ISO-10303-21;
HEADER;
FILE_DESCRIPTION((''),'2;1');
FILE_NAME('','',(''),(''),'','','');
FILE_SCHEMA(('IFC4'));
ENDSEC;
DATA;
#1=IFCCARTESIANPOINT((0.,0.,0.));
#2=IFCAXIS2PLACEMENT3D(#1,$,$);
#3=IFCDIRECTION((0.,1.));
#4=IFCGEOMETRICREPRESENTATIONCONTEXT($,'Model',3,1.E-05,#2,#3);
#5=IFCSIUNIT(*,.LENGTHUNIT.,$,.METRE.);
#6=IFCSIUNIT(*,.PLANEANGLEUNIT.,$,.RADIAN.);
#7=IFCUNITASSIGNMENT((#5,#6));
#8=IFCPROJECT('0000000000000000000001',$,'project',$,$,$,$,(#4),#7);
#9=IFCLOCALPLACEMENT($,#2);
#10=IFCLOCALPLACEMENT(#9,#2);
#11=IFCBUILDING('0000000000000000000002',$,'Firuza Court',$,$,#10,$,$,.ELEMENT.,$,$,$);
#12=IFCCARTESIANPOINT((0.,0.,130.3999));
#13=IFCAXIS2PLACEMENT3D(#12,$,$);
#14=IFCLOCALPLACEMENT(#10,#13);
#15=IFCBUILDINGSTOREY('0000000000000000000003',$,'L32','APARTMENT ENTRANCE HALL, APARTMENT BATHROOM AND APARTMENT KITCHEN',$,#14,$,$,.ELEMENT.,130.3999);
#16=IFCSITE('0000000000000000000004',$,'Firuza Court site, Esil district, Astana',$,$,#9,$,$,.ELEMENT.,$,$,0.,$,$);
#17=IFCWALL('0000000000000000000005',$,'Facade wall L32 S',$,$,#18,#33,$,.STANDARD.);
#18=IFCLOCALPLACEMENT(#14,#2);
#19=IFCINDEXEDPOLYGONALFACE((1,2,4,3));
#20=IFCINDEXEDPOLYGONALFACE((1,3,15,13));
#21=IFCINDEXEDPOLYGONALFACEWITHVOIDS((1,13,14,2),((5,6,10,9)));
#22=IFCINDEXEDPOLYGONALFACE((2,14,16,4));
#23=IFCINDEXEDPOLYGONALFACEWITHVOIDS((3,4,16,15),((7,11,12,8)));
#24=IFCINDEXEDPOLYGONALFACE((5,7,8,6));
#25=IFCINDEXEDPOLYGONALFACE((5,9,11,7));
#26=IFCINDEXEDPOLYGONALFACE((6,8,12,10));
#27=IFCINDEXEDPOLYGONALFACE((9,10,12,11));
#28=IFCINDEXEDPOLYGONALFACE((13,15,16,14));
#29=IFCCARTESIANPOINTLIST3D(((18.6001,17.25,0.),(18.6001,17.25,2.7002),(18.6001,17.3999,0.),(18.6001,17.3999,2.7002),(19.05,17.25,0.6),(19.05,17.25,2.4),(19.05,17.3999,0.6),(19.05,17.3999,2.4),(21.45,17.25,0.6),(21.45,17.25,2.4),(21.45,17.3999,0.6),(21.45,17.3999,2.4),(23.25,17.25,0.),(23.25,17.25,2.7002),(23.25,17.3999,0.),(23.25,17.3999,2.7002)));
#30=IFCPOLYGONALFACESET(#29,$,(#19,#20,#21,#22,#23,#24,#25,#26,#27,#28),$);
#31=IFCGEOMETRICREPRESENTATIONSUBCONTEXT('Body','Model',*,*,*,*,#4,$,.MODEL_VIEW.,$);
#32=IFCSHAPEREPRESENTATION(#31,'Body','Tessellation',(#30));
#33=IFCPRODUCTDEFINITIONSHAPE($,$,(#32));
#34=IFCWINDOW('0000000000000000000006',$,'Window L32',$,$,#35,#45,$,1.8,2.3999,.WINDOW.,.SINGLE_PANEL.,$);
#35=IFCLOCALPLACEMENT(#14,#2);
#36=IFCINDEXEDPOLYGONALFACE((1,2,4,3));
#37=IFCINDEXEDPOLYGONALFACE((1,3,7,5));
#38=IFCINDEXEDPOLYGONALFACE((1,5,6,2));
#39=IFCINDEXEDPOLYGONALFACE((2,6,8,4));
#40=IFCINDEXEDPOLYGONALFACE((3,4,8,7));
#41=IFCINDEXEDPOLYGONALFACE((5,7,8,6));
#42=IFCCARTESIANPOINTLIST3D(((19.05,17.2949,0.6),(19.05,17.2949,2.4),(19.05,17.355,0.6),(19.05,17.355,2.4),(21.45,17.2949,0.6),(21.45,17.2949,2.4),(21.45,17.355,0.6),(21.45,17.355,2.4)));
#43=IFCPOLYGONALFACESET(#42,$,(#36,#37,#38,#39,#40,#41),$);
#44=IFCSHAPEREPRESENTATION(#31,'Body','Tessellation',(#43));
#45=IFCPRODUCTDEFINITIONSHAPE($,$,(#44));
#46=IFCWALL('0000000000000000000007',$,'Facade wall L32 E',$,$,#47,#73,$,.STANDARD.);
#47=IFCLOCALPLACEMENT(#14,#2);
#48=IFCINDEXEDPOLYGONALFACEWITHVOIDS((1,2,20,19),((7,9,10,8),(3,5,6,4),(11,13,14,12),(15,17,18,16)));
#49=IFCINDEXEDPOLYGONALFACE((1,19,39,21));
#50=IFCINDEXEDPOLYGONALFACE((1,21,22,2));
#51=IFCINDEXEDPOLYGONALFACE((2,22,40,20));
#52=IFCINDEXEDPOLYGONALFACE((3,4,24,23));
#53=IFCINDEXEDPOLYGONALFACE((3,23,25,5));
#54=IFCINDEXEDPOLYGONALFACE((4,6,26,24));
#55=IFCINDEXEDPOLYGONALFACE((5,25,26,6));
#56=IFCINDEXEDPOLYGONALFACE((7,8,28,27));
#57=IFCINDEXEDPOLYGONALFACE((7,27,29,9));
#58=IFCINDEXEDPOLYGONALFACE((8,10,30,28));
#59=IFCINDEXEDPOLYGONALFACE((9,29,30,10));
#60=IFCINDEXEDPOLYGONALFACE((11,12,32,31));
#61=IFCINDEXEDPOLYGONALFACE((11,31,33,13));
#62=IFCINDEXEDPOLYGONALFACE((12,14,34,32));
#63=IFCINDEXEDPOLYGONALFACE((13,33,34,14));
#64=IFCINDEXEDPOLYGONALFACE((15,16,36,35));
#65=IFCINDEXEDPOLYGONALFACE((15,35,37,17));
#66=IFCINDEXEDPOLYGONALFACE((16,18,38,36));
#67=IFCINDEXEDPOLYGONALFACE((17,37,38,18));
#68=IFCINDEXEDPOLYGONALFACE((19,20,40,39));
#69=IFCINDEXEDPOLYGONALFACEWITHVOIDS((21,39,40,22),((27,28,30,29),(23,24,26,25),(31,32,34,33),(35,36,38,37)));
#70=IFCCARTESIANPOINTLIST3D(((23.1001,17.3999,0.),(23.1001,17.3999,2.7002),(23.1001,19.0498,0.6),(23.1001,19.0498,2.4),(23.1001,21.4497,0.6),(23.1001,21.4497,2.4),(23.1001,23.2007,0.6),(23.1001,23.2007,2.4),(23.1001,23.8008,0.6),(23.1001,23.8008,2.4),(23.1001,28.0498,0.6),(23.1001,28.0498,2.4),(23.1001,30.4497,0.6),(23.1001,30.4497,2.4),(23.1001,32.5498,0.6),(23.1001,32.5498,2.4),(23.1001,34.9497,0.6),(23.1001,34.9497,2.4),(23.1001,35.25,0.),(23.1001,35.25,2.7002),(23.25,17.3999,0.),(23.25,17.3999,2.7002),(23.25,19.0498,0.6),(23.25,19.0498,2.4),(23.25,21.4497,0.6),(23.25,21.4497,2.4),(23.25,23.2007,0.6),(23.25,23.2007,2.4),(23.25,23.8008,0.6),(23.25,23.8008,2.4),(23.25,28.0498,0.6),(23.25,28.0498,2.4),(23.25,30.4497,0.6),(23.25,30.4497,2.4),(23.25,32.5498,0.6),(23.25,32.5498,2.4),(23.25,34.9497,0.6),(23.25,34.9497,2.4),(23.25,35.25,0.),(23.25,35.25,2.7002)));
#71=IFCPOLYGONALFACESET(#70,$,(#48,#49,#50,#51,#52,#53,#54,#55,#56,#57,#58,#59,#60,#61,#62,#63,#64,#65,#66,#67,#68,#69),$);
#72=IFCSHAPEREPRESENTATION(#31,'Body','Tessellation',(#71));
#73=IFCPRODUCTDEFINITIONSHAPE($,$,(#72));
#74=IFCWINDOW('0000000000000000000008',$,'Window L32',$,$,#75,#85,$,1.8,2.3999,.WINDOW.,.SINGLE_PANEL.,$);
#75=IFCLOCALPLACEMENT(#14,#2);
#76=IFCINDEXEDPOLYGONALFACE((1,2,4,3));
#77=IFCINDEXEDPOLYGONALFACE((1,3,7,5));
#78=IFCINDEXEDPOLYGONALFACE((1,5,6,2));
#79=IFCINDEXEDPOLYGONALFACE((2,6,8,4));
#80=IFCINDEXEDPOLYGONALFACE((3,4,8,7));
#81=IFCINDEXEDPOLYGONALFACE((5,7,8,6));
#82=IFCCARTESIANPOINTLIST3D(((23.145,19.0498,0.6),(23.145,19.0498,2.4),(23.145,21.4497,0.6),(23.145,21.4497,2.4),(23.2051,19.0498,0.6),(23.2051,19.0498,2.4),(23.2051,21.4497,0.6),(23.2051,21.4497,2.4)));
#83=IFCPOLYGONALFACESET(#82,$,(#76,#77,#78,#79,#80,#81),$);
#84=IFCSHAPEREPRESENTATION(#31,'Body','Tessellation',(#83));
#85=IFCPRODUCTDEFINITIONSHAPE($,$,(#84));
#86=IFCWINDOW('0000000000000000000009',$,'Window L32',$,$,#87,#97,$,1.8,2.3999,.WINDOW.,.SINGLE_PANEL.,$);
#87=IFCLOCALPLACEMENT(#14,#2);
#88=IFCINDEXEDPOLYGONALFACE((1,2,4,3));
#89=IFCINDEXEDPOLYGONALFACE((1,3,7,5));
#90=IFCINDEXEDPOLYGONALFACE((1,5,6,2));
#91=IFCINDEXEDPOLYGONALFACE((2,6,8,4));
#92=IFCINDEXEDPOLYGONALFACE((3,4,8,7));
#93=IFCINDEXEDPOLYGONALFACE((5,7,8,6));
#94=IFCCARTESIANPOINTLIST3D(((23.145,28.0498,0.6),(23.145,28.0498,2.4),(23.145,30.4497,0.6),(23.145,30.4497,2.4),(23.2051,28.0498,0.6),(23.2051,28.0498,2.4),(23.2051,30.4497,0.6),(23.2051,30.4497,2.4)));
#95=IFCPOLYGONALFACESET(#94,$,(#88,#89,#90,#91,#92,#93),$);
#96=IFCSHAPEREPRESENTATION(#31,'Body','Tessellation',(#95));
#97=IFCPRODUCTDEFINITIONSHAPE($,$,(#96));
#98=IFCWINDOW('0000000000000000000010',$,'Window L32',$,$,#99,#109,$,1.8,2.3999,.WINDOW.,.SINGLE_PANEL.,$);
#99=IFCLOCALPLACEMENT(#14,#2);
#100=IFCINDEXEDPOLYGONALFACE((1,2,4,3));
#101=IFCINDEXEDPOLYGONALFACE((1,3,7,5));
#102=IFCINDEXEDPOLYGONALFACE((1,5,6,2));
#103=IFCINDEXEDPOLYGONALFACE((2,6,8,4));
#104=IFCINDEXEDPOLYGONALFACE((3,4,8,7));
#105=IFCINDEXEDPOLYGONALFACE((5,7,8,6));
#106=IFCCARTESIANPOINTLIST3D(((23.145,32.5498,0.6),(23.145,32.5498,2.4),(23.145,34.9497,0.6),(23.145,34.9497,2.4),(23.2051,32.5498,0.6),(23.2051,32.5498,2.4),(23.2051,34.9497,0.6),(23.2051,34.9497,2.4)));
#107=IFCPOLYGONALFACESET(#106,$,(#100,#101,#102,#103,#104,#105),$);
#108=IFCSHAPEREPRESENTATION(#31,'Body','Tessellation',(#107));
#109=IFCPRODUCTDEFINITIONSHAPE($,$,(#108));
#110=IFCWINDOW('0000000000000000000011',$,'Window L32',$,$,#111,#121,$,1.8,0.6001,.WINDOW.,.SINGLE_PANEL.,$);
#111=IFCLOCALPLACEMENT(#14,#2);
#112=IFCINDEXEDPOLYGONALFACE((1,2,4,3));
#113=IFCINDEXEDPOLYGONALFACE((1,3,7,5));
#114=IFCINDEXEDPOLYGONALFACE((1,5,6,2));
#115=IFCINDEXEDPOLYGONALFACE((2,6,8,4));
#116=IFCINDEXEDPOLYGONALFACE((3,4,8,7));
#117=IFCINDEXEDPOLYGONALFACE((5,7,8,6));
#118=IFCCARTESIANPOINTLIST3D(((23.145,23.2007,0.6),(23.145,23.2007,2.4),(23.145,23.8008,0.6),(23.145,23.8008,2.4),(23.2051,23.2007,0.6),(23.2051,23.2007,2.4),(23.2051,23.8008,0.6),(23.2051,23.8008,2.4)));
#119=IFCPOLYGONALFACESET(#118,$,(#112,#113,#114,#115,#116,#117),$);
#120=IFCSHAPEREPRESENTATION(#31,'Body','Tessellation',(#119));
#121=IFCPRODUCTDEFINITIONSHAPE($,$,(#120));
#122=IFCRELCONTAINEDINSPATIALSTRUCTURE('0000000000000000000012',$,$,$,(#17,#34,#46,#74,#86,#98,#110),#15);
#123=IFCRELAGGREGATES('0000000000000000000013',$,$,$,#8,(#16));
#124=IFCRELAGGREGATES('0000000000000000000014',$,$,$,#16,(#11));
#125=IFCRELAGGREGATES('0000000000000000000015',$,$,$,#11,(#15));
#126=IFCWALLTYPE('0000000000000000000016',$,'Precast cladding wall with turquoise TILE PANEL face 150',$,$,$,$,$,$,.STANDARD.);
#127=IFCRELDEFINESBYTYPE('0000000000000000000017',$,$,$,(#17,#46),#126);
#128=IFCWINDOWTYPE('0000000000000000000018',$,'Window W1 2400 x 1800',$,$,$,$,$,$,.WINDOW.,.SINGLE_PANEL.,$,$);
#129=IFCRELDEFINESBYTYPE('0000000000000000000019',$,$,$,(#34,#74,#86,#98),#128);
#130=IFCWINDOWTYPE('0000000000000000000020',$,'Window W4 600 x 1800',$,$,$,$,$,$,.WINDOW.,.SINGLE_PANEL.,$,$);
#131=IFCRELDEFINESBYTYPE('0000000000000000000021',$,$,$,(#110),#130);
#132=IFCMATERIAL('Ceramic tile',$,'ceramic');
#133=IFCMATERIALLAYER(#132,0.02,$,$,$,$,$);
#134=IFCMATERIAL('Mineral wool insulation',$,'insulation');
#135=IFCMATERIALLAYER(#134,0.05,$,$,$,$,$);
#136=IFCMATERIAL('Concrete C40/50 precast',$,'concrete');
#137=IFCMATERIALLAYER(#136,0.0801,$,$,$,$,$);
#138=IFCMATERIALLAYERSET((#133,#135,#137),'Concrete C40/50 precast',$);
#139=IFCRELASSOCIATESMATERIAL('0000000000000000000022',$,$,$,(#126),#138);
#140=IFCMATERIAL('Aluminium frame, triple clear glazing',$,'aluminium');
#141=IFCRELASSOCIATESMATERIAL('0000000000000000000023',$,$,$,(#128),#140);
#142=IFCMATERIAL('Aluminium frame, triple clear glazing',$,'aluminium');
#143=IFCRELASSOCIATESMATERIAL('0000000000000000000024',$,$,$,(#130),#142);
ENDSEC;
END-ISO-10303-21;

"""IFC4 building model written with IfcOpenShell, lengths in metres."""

from ifc_helpers import new_model, si_unit, direction, frame, frame_2d, origin, place, context, subcontext, project, spatial, rectangle, extrude, material, layer, layer_set, type_object, element, fill, save


model = new_model("IFC4")

# Units and contexts
model_context = context("Model", 3, precision=1e-05, world=origin(), true_north=direction((0.0, 1.0)))
body_context = subcontext(model_context, "Body", "Model", "MODEL_VIEW")
ifc_project = project(units=[si_unit("LENGTHUNIT", "METRE"), si_unit("PLANEANGLEUNIT", "RADIAN")], contexts=[model_context])

# Site, building, storey
site_placement = place(None, origin())
site = spatial("IfcSite", under=ifc_project, at=site_placement, Name="Firuza Court site, Esil district, Astana", CompositionType="ELEMENT", RefElevation=0.0)
building_placement = place(site_placement, origin())
building = spatial("IfcBuilding", under=site, at=building_placement, Name="Firuza Court", CompositionType="ELEMENT")
storey_placement = place(building_placement, frame((0.0, 0.0, 130.3999)))
storey = spatial("IfcBuildingStorey", under=building, at=storey_placement, Name="L32", Description="APARTMENT ENTRANCE HALL, APARTMENT BATHROOM AND APARTMENT KITCHEN", CompositionType="ELEMENT", Elevation=130.3999)

# Shared definitions
ifc_material_1 = material(Name="Ceramic tile", Category="ceramic")
ifc_layer_1 = layer(ifc_material_1, 0.02)
ifc_material_2 = material(Name="Mineral wool insulation", Category="insulation")
ifc_layer_2 = layer(ifc_material_2, 0.05)
ifc_material_3 = material(Name="Concrete C40/50 precast", Category="concrete")
ifc_layer_3 = layer(ifc_material_3, 0.0801)
ifc_layer_set_1 = layer_set([ifc_layer_1, ifc_layer_2, ifc_layer_3], Name="Concrete C40/50 precast")
wall_type_1 = type_object("IfcWallType", Name="Precast cladding wall with turquoise TILE PANEL face 150", PredefinedType="STANDARD", material=ifc_layer_set_1)
ifc_material_4 = material(Name="Aluminium frame, triple clear glazing", Category="aluminium")
window_type_1 = type_object("IfcWindowType", Name="Window W1 2400 x 1800", PartitioningType="SINGLE_PANEL", PredefinedType="WINDOW", material=ifc_material_4)

# Wall, opening, window
wall_1_placement = place(storey_placement, frame((18.6001, 17.325, 0.0), z_axis=(0.0, 0.0, 1.0), x_axis=(1.0, 0.0, 0.0)))
wall_1 = element("IfcWall", 1, at=wall_1_placement, inside=storey, type_object=wall_type_1, Name="Facade wall L32 S", PredefinedType="STANDARD", context=body_context, shape_type="SweptSolid", body=[
    extrude(rectangle(XDim=4.6499, YDim=0.1499, at=frame_2d((2.325, 0.0))), origin(), (0.0, 0.0, 1.0), 2.7002),
])
opening_1_placement = place(wall_1_placement, frame((0.45, 0.0, 0.6001)))
opening_1 = element("IfcOpeningElement", 2, at=opening_1_placement, cuts=wall_1, PredefinedType="OPENING", context=body_context, shape_type="SweptSolid", body=[
    extrude(rectangle(XDim=2.3999, YDim=1.8, at=frame_2d((1.2, 0.8999))), frame((0.0, 0.0869, 0.0), z_axis=(0.0, -1.0, 0.0), x_axis=(1.0, 0.0, 0.0)), (0.0, 0.0, 1.0), 0.1738),
])
window_1_placement = place(opening_1_placement, origin())
window_1 = element("IfcWindow", 3, at=window_1_placement, inside=storey, type_object=window_type_1, Name="Window L32", OverallHeight=1.8, OverallWidth=2.3999, PartitioningType="SINGLE_PANEL", PredefinedType="WINDOW", context=body_context, shape_type="SweptSolid", body=[
    extrude(rectangle(XDim=2.3999, YDim=1.8, at=frame_2d((1.2, 0.8999))), frame((0.0, 0.03, 0.0), z_axis=(0.0, -1.0, 0.0), x_axis=(1.0, 0.0, 0.0)), (0.0, 0.0, 1.0), 0.0601),
])
fill(opening_1, window_1)

# Wall, openings, windows
wall_2_placement = place(storey_placement, frame((23.175, 17.3999, 0.0), z_axis=(0.0, 0.0, 1.0), x_axis=(0.0, 1.0, 0.0)))
wall_2 = element("IfcWall", 4, at=wall_2_placement, inside=storey, type_object=wall_type_1, Name="Facade wall L32 E", PredefinedType="STANDARD", context=body_context, shape_type="SweptSolid", body=[
    extrude(rectangle(XDim=17.8501, YDim=0.1499, at=frame_2d((8.925, 0.0))), origin(), (0.0, 0.0, 1.0), 2.7002),
])
opening_2_placement = place(wall_2_placement, frame((1.6499, 0.0, 0.6001)))
opening_2 = element("IfcOpeningElement", 5, at=opening_2_placement, cuts=wall_2, PredefinedType="OPENING", context=body_context, shape_type="SweptSolid", body=[
    extrude(rectangle(XDim=2.3999, YDim=1.8, at=frame_2d((1.2, 0.8999))), frame((0.0, 0.0869, 0.0), z_axis=(0.0, -1.0, 0.0), x_axis=(1.0, 0.0, 0.0)), (0.0, 0.0, 1.0), 0.1738),
])
opening_3_placement = place(wall_2_placement, frame((5.8008, 0.0, 0.6001)))
opening_3 = element("IfcOpeningElement", 6, at=opening_3_placement, cuts=wall_2, PredefinedType="OPENING", context=body_context, shape_type="SweptSolid", body=[
    extrude(rectangle(XDim=0.6001, YDim=1.8, at=frame_2d((0.3, 0.8999))), frame((0.0, 0.0869, 0.0), z_axis=(0.0, -1.0, 0.0), x_axis=(1.0, 0.0, 0.0)), (0.0, 0.0, 1.0), 0.1738),
])
opening_4_placement = place(wall_2_placement, frame((10.6499, 0.0, 0.6001)))
opening_4 = element("IfcOpeningElement", 7, at=opening_4_placement, cuts=wall_2, PredefinedType="OPENING", context=body_context, shape_type="SweptSolid", body=[
    extrude(rectangle(XDim=2.3999, YDim=1.8, at=frame_2d((1.2, 0.8999))), frame((0.0, 0.0869, 0.0), z_axis=(0.0, -1.0, 0.0), x_axis=(1.0, 0.0, 0.0)), (0.0, 0.0, 1.0), 0.1738),
])
opening_5_placement = place(wall_2_placement, frame((15.1499, 0.0, 0.6001)))
opening_5 = element("IfcOpeningElement", 8, at=opening_5_placement, cuts=wall_2, PredefinedType="OPENING", context=body_context, shape_type="SweptSolid", body=[
    extrude(rectangle(XDim=2.3999, YDim=1.8, at=frame_2d((1.2, 0.8999))), frame((0.0, 0.0869, 0.0), z_axis=(0.0, -1.0, 0.0), x_axis=(1.0, 0.0, 0.0)), (0.0, 0.0, 1.0), 0.1738),
])
window_2_placement = place(opening_2_placement, origin())
window_2 = element("IfcWindow", 9, at=window_2_placement, inside=storey, type_object=window_type_1, Name="Window L32", OverallHeight=1.8, OverallWidth=2.3999, PartitioningType="SINGLE_PANEL", PredefinedType="WINDOW", context=body_context, shape_type="SweptSolid", body=[
    extrude(rectangle(XDim=2.3999, YDim=1.8, at=frame_2d((1.2, 0.8999))), frame((0.0, 0.03, 0.0), z_axis=(0.0, -1.0, 0.0), x_axis=(1.0, 0.0, 0.0)), (0.0, 0.0, 1.0), 0.0601),
])
fill(opening_2, window_2)
window_3_placement = place(opening_4_placement, origin())
window_3 = element("IfcWindow", 10, at=window_3_placement, inside=storey, type_object=window_type_1, Name="Window L32", OverallHeight=1.8, OverallWidth=2.3999, PartitioningType="SINGLE_PANEL", PredefinedType="WINDOW", context=body_context, shape_type="SweptSolid", body=[
    extrude(rectangle(XDim=2.3999, YDim=1.8, at=frame_2d((1.2, 0.8999))), frame((0.0, 0.03, 0.0), z_axis=(0.0, -1.0, 0.0), x_axis=(1.0, 0.0, 0.0)), (0.0, 0.0, 1.0), 0.0601),
])
fill(opening_4, window_3)
window_4_placement = place(opening_5_placement, origin())
window_4 = element("IfcWindow", 11, at=window_4_placement, inside=storey, type_object=window_type_1, Name="Window L32", OverallHeight=1.8, OverallWidth=2.3999, PartitioningType="SINGLE_PANEL", PredefinedType="WINDOW", context=body_context, shape_type="SweptSolid", body=[
    extrude(rectangle(XDim=2.3999, YDim=1.8, at=frame_2d((1.2, 0.8999))), frame((0.0, 0.03, 0.0), z_axis=(0.0, -1.0, 0.0), x_axis=(1.0, 0.0, 0.0)), (0.0, 0.0, 1.0), 0.0601),
])
fill(opening_5, window_4)
ifc_material_5 = material(Name="Aluminium frame, triple clear glazing", Category="aluminium")
window_type_2 = type_object("IfcWindowType", Name="Window W4 600 x 1800", PartitioningType="SINGLE_PANEL", PredefinedType="WINDOW", material=ifc_material_5)
window_5_placement = place(opening_3_placement, origin())
window_5 = element("IfcWindow", 12, at=window_5_placement, inside=storey, type_object=window_type_2, Name="Window L32", OverallHeight=1.8, OverallWidth=0.6001, PartitioningType="SINGLE_PANEL", PredefinedType="WINDOW", context=body_context, shape_type="SweptSolid", body=[
    extrude(rectangle(XDim=0.6001, YDim=1.8, at=frame_2d((0.3, 0.8999))), frame((0.0, 0.03, 0.0), z_axis=(0.0, -1.0, 0.0), x_axis=(1.0, 0.0, 0.0)), (0.0, 0.0, 1.0), 0.0601),
])
fill(opening_3, window_5)

save(model, "model.ifc")
